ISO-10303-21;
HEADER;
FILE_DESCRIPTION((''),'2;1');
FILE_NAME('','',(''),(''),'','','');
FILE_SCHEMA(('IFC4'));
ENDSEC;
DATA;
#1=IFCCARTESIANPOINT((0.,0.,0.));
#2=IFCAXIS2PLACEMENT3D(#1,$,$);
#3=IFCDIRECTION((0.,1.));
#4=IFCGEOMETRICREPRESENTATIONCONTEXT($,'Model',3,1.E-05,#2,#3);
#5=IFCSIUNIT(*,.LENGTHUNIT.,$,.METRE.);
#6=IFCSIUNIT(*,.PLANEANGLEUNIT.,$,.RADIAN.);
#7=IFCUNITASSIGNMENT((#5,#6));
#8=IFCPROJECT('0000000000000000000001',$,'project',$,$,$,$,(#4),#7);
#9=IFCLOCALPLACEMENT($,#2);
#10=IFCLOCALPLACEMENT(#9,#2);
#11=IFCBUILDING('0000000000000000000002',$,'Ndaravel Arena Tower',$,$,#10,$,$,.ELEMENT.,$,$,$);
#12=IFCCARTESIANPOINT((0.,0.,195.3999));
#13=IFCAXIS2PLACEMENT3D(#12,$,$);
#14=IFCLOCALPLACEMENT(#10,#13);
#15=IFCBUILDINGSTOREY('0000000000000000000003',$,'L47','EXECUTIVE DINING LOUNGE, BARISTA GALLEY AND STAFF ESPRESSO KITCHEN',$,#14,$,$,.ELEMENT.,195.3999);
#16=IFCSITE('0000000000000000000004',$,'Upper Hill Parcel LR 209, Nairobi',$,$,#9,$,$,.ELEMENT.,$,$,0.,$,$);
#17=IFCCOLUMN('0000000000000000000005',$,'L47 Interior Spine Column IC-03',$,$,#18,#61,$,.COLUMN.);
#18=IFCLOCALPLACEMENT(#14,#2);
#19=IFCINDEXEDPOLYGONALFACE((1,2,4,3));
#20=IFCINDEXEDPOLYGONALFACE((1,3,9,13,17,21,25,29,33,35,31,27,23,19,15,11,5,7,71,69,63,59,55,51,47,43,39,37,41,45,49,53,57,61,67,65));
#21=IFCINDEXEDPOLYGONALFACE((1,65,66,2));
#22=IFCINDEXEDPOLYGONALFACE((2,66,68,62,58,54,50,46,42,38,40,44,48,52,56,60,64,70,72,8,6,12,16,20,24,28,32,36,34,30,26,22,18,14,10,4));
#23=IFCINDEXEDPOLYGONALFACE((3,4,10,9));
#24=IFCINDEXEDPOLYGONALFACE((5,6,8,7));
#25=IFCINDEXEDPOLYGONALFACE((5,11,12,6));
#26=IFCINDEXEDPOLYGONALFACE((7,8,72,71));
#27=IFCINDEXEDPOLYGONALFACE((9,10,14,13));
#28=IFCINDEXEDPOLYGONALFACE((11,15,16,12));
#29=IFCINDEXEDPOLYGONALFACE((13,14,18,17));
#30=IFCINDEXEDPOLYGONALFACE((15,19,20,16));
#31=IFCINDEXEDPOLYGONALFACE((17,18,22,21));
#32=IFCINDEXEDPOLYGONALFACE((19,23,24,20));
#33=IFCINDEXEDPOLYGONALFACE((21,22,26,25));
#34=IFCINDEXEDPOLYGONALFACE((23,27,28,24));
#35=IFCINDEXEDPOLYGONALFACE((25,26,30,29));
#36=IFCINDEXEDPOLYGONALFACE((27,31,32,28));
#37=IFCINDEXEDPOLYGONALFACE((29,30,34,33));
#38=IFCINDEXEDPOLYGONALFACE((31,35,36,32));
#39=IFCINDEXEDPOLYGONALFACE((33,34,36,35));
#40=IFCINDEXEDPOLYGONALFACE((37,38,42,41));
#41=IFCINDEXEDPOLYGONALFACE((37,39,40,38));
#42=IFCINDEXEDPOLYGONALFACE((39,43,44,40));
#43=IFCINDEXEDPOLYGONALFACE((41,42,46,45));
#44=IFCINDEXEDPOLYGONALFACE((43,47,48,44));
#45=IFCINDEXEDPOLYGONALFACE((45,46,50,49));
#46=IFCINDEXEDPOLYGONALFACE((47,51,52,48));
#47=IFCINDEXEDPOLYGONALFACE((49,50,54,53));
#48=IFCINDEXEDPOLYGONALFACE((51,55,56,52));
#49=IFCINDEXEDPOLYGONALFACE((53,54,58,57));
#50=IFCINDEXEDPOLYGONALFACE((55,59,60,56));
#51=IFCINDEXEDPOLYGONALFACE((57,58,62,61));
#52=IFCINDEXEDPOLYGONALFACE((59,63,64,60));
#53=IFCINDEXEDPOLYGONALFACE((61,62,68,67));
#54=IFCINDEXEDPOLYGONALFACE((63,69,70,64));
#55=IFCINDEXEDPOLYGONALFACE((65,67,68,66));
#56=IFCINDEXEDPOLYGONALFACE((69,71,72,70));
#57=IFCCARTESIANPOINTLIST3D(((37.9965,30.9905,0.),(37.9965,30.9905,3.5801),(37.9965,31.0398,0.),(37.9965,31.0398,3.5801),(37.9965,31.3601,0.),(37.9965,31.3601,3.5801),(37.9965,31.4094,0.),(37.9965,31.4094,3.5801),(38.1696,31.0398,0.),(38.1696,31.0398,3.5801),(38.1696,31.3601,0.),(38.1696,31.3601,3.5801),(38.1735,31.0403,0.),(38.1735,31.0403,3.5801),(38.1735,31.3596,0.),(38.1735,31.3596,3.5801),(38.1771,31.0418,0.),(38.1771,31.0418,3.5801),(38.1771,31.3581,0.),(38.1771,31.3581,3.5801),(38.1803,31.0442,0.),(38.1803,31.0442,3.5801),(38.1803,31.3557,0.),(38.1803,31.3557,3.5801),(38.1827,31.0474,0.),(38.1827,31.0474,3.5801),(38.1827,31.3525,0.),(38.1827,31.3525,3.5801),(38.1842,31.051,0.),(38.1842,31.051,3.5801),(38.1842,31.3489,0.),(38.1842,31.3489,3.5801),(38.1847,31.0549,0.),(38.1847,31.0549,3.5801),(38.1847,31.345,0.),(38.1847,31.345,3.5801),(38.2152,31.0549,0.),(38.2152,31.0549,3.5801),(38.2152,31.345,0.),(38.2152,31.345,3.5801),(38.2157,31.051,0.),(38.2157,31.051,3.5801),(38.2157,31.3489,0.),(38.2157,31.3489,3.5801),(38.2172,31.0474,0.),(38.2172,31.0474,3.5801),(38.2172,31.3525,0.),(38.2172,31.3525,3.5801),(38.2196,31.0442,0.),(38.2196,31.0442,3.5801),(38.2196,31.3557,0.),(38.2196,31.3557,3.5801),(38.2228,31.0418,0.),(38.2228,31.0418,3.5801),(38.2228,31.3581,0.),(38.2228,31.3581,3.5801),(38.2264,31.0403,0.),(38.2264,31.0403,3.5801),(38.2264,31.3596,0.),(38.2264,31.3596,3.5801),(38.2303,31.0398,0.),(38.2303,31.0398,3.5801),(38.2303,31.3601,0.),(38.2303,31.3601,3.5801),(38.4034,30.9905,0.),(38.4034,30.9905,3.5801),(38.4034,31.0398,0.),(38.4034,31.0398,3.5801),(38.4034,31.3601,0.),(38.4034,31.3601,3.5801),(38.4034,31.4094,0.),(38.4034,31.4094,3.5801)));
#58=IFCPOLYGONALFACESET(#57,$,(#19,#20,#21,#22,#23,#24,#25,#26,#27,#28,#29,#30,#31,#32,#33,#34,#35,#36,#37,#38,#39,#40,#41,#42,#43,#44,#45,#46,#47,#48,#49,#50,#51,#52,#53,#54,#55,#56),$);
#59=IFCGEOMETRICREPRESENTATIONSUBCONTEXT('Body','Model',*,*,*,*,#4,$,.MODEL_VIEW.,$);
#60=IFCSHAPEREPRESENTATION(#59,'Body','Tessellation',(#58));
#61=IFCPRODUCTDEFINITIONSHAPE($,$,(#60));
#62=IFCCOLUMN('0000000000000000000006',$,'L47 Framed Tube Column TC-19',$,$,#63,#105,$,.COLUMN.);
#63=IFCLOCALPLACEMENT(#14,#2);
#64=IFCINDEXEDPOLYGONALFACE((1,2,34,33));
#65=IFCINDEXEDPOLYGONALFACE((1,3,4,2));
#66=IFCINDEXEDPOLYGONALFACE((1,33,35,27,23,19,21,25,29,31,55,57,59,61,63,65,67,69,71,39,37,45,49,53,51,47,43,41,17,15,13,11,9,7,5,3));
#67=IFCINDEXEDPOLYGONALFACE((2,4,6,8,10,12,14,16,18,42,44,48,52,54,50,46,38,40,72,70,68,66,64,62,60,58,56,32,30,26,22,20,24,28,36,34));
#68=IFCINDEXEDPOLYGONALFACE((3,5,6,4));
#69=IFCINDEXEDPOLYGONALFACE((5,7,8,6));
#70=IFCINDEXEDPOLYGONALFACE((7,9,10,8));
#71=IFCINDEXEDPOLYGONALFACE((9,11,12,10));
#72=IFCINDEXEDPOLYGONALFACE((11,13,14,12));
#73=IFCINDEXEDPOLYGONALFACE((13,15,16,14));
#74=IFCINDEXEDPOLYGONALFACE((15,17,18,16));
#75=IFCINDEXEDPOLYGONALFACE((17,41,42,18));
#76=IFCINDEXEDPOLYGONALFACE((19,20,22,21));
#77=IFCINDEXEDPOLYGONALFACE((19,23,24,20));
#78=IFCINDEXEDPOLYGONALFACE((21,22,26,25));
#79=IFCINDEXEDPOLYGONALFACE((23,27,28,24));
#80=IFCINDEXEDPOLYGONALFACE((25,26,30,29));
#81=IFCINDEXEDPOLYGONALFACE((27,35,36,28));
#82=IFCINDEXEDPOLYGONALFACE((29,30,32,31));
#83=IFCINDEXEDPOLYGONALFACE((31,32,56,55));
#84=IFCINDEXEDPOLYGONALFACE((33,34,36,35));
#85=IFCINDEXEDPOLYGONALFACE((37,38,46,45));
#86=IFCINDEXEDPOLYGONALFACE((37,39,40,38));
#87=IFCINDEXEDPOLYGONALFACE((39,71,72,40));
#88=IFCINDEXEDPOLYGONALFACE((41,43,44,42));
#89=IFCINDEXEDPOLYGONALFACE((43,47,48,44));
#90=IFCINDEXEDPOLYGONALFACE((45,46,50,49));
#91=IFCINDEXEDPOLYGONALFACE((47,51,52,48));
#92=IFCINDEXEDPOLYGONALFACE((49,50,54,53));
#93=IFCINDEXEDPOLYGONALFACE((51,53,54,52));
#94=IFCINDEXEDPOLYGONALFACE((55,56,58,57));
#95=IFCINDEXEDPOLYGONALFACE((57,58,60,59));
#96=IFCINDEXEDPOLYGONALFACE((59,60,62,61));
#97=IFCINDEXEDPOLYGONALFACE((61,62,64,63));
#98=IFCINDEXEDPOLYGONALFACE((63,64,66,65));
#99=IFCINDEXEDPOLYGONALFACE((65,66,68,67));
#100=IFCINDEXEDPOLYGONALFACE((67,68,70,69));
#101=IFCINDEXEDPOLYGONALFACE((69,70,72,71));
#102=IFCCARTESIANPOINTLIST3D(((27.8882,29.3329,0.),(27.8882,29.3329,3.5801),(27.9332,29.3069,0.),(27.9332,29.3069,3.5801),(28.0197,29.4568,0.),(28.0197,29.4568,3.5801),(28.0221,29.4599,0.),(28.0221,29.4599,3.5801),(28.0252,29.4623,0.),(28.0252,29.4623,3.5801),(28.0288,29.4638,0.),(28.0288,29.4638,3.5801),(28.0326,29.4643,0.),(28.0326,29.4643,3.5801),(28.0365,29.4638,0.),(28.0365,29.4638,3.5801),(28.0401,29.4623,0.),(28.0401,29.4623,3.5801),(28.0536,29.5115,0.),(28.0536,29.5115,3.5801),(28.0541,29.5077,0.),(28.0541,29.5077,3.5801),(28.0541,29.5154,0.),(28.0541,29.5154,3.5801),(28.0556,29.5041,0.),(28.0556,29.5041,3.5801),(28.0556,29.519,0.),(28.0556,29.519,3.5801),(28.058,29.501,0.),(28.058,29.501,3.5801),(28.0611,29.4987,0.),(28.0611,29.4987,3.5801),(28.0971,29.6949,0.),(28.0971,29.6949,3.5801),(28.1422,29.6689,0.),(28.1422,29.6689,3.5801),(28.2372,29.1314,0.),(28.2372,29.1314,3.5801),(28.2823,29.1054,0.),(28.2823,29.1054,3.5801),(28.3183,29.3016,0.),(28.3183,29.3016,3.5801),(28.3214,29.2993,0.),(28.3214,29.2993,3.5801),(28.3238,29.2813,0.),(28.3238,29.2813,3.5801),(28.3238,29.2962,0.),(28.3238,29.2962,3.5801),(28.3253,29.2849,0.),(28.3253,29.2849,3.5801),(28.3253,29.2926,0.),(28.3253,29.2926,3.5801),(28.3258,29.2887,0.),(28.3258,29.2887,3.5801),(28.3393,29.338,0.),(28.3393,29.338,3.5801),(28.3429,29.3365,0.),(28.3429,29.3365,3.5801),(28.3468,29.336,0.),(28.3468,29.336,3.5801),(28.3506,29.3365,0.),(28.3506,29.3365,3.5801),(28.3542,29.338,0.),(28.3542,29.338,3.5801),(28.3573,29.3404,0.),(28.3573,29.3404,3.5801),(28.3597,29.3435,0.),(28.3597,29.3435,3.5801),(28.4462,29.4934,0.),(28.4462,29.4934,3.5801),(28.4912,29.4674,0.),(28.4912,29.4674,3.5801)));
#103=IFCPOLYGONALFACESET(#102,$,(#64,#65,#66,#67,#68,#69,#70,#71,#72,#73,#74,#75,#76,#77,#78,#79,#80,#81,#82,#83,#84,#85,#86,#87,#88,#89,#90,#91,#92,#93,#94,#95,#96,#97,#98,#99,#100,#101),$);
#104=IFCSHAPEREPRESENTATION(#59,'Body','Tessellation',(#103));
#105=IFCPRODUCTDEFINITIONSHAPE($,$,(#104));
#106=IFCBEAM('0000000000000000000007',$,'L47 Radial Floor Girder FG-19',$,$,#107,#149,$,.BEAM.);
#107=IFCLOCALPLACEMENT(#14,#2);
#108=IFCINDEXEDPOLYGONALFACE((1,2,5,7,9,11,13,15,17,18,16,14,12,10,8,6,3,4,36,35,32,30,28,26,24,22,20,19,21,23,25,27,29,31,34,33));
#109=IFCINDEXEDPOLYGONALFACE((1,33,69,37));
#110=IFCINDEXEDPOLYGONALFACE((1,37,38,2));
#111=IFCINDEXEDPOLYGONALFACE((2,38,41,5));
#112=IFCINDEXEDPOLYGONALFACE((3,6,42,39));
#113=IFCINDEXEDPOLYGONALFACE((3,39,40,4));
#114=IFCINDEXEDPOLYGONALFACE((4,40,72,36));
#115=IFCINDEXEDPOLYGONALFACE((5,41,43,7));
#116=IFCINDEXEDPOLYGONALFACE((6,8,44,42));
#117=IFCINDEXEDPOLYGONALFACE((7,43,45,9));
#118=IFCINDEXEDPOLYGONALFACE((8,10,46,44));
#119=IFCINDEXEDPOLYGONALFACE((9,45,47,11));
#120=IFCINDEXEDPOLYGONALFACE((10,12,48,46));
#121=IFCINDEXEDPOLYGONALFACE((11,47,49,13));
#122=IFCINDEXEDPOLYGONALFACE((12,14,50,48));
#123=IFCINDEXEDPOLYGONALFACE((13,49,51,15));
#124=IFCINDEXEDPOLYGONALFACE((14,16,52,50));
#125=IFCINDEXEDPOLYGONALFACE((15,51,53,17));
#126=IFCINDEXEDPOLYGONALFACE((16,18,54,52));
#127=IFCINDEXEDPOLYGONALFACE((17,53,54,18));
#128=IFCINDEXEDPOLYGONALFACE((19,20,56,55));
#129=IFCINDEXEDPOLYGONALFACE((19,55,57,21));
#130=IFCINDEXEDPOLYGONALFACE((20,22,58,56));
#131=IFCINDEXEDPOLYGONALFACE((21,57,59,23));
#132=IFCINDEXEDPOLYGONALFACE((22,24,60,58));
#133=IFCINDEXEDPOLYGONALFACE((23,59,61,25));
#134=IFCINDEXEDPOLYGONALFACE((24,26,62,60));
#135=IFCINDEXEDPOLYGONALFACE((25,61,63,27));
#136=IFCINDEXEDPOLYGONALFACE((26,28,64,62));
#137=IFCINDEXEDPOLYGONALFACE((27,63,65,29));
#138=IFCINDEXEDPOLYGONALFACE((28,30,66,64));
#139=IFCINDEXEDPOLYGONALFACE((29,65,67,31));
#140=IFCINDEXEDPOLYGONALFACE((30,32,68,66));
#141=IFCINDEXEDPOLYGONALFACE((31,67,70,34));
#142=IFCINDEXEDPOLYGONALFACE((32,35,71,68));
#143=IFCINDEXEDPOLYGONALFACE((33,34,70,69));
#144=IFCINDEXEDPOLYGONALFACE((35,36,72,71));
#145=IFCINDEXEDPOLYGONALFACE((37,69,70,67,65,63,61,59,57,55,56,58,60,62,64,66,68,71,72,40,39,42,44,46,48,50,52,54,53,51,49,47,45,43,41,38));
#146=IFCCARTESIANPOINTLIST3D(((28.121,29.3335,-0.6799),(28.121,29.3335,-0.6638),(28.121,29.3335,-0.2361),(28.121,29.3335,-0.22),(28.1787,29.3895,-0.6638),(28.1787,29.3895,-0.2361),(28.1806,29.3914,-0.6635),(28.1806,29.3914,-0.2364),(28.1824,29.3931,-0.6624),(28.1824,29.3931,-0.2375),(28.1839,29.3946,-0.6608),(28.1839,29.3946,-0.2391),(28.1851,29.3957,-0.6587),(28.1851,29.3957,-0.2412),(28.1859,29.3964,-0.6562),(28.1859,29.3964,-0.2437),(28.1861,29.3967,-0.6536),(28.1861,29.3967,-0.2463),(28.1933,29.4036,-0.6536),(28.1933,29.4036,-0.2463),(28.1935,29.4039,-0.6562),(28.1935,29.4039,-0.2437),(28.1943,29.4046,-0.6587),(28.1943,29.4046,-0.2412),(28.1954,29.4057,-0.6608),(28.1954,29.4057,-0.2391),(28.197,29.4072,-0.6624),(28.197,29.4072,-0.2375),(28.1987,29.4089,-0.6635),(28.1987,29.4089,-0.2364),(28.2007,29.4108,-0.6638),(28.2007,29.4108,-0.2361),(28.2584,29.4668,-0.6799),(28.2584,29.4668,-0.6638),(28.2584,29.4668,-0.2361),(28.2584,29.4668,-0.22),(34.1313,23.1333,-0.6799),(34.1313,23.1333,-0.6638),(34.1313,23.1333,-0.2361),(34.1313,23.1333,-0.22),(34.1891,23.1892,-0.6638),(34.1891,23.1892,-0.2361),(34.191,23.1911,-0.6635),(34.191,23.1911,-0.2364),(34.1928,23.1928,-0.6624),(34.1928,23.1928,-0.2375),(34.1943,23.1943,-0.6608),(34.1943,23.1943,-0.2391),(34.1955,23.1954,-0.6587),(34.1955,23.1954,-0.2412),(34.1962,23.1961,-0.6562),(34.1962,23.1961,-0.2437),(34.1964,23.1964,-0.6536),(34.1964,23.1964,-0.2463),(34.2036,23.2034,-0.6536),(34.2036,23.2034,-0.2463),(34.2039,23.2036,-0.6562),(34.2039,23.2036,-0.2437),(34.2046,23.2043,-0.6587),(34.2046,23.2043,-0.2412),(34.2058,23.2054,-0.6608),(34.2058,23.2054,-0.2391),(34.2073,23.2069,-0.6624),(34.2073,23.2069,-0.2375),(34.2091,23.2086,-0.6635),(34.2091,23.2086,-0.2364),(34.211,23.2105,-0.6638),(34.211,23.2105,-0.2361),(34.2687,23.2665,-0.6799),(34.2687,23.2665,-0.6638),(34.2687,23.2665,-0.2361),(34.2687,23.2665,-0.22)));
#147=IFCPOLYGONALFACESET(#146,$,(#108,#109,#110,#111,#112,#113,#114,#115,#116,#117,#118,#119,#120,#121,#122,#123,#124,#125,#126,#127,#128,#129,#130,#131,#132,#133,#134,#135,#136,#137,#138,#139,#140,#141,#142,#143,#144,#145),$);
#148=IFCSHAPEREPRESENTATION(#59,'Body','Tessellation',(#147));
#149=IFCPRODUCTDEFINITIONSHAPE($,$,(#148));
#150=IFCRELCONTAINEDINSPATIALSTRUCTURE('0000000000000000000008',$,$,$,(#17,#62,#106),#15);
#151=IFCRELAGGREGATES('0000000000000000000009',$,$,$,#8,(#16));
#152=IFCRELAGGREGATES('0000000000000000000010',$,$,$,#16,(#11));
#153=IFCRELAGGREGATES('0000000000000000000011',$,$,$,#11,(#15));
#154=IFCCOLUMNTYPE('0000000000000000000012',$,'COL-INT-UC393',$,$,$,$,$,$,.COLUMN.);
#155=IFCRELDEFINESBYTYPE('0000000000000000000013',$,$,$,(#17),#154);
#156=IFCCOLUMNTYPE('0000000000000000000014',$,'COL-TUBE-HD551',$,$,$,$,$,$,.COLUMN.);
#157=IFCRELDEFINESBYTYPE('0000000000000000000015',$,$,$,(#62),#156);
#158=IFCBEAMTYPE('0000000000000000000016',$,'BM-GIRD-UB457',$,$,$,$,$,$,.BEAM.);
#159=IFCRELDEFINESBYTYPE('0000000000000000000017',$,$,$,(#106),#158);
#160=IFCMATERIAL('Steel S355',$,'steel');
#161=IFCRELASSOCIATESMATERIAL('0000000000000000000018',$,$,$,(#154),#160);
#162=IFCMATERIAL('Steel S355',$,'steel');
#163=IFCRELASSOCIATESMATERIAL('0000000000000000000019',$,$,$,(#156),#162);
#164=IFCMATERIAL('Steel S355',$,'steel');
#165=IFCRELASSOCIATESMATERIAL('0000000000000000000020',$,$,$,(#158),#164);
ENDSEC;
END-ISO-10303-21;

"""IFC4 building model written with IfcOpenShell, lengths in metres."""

from ifc_helpers import new_model, si_unit, direction, frame, origin, origin_2d, place, context, subcontext, project, spatial, i_section, extrude, material, material_profile, profile_set, type_object, element, save


model = new_model("IFC4")

# Units and contexts
model_context = context("Model", 3, precision=1e-05, world=origin(), true_north=direction((0.0, 1.0)))
body_context = subcontext(model_context, "Body", "Model", "MODEL_VIEW")
ifc_project = project(units=[si_unit("LENGTHUNIT", "METRE"), si_unit("PLANEANGLEUNIT", "RADIAN")], contexts=[model_context])

# Site, building, storey
site_placement = place(None, origin())
site = spatial("IfcSite", under=ifc_project, at=site_placement, Name="Upper Hill Parcel LR 209, Nairobi", CompositionType="ELEMENT", RefElevation=0.0)
building_placement = place(site_placement, origin())
building = spatial("IfcBuilding", under=site, at=building_placement, Name="Ndaravel Arena Tower", CompositionType="ELEMENT")
storey_placement = place(building_placement, frame((0.0, 0.0, 195.3999)))
storey = spatial("IfcBuildingStorey", under=building, at=storey_placement, Name="L47", Description="EXECUTIVE DINING LOUNGE, BARISTA GALLEY AND STAFF ESPRESSO KITCHEN", CompositionType="ELEMENT", Elevation=195.3999)

# Columns
ifc_material_1 = material(Name="Steel S355", Category="steel")
ifc_material_profile_1 = material_profile(ifc_material_1, i_section(OverallWidth=0.407, OverallDepth=0.4189, WebThickness=0.0305, FlangeThickness=0.0493, FilletRadius=0.0151, at=origin_2d()), Name="UC 356x406x393")
ifc_profile_set_1 = profile_set([ifc_material_profile_1], Name="Steel S355")
column_type_1 = type_object("IfcColumnType", Name="COL-INT-UC393", PredefinedType="COLUMN", material=ifc_profile_set_1)
column_1_placement = place(storey_placement, frame((38.2, 31.2, 0.0), z_axis=(0.0, 0.0, 1.0), x_axis=(1.0, 0.0, 0.0)))
element("IfcColumn", 1, at=column_1_placement, inside=storey, type_object=column_type_1, Name="L47 Interior Spine Column IC-03", PredefinedType="COLUMN", context=body_context, shape_type="SweptSolid", body=[
    extrude(i_section(OverallWidth=0.407, OverallDepth=0.4189, WebThickness=0.0305, FlangeThickness=0.0493, FilletRadius=0.0151, at=origin_2d()), origin(), (0.0, 0.0, 1.0), 3.5801),
])
ifc_material_2 = material(Name="Steel S355", Category="steel")
ifc_material_profile_2 = material_profile(ifc_material_2, i_section(OverallWidth=0.418, OverallDepth=0.4551, WebThickness=0.042, FlangeThickness=0.052, FilletRadius=0.0149, at=origin_2d()), Name="HD 400x551")
ifc_profile_set_2 = profile_set([ifc_material_profile_2], Name="Steel S355")
column_type_2 = type_object("IfcColumnType", Name="COL-TUBE-HD551", PredefinedType="COLUMN", material=ifc_profile_set_2)
column_2_placement = place(storey_placement, frame((28.1897, 29.4001, 0.0), z_axis=(0.0, 0.0, 1.0), x_axis=(0.5, 0.866025, 0.0)))
element("IfcColumn", 2, at=column_2_placement, inside=storey, type_object=column_type_2, Name="L47 Framed Tube Column TC-19", PredefinedType="COLUMN", context=body_context, shape_type="SweptSolid", body=[
    extrude(i_section(OverallWidth=0.418, OverallDepth=0.4551, WebThickness=0.042, FlangeThickness=0.052, FilletRadius=0.0149, at=origin_2d()), origin(), (0.0, 0.0, 1.0), 3.5801),
])

# Beam
ifc_material_3 = material(Name="Steel S355", Category="steel")
ifc_material_profile_3 = material_profile(ifc_material_3, i_section(OverallWidth=0.1914, OverallDepth=0.46, WebThickness=0.01, FlangeThickness=0.0161, FilletRadius=0.0103, at=origin_2d()), Name="UB 457x191x82")
ifc_profile_set_3 = profile_set([ifc_material_profile_3], Name="Steel S355")
beam_type_1 = type_object("IfcBeamType", Name="BM-GIRD-UB457", PredefinedType="BEAM", material=ifc_profile_set_3)
beam_1_placement = place(storey_placement, frame((28.1897, 29.4001, -0.45), z_axis=(0.696023, -0.718019, 0.0), x_axis=(0.718019, 0.696023, 0.0)))
element("IfcBeam", 3, at=beam_1_placement, inside=storey, type_object=beam_type_1, Name="L47 Radial Floor Girder FG-19", PredefinedType="BEAM", context=body_context, shape_type="SweptSolid", body=[
    extrude(i_section(OverallWidth=0.1914, OverallDepth=0.46, WebThickness=0.01, FlangeThickness=0.0161, FilletRadius=0.0103, at=origin_2d()), origin(), (0.0, 0.0, 1.0), 8.6353),
])

save(model, "model.ifc")
